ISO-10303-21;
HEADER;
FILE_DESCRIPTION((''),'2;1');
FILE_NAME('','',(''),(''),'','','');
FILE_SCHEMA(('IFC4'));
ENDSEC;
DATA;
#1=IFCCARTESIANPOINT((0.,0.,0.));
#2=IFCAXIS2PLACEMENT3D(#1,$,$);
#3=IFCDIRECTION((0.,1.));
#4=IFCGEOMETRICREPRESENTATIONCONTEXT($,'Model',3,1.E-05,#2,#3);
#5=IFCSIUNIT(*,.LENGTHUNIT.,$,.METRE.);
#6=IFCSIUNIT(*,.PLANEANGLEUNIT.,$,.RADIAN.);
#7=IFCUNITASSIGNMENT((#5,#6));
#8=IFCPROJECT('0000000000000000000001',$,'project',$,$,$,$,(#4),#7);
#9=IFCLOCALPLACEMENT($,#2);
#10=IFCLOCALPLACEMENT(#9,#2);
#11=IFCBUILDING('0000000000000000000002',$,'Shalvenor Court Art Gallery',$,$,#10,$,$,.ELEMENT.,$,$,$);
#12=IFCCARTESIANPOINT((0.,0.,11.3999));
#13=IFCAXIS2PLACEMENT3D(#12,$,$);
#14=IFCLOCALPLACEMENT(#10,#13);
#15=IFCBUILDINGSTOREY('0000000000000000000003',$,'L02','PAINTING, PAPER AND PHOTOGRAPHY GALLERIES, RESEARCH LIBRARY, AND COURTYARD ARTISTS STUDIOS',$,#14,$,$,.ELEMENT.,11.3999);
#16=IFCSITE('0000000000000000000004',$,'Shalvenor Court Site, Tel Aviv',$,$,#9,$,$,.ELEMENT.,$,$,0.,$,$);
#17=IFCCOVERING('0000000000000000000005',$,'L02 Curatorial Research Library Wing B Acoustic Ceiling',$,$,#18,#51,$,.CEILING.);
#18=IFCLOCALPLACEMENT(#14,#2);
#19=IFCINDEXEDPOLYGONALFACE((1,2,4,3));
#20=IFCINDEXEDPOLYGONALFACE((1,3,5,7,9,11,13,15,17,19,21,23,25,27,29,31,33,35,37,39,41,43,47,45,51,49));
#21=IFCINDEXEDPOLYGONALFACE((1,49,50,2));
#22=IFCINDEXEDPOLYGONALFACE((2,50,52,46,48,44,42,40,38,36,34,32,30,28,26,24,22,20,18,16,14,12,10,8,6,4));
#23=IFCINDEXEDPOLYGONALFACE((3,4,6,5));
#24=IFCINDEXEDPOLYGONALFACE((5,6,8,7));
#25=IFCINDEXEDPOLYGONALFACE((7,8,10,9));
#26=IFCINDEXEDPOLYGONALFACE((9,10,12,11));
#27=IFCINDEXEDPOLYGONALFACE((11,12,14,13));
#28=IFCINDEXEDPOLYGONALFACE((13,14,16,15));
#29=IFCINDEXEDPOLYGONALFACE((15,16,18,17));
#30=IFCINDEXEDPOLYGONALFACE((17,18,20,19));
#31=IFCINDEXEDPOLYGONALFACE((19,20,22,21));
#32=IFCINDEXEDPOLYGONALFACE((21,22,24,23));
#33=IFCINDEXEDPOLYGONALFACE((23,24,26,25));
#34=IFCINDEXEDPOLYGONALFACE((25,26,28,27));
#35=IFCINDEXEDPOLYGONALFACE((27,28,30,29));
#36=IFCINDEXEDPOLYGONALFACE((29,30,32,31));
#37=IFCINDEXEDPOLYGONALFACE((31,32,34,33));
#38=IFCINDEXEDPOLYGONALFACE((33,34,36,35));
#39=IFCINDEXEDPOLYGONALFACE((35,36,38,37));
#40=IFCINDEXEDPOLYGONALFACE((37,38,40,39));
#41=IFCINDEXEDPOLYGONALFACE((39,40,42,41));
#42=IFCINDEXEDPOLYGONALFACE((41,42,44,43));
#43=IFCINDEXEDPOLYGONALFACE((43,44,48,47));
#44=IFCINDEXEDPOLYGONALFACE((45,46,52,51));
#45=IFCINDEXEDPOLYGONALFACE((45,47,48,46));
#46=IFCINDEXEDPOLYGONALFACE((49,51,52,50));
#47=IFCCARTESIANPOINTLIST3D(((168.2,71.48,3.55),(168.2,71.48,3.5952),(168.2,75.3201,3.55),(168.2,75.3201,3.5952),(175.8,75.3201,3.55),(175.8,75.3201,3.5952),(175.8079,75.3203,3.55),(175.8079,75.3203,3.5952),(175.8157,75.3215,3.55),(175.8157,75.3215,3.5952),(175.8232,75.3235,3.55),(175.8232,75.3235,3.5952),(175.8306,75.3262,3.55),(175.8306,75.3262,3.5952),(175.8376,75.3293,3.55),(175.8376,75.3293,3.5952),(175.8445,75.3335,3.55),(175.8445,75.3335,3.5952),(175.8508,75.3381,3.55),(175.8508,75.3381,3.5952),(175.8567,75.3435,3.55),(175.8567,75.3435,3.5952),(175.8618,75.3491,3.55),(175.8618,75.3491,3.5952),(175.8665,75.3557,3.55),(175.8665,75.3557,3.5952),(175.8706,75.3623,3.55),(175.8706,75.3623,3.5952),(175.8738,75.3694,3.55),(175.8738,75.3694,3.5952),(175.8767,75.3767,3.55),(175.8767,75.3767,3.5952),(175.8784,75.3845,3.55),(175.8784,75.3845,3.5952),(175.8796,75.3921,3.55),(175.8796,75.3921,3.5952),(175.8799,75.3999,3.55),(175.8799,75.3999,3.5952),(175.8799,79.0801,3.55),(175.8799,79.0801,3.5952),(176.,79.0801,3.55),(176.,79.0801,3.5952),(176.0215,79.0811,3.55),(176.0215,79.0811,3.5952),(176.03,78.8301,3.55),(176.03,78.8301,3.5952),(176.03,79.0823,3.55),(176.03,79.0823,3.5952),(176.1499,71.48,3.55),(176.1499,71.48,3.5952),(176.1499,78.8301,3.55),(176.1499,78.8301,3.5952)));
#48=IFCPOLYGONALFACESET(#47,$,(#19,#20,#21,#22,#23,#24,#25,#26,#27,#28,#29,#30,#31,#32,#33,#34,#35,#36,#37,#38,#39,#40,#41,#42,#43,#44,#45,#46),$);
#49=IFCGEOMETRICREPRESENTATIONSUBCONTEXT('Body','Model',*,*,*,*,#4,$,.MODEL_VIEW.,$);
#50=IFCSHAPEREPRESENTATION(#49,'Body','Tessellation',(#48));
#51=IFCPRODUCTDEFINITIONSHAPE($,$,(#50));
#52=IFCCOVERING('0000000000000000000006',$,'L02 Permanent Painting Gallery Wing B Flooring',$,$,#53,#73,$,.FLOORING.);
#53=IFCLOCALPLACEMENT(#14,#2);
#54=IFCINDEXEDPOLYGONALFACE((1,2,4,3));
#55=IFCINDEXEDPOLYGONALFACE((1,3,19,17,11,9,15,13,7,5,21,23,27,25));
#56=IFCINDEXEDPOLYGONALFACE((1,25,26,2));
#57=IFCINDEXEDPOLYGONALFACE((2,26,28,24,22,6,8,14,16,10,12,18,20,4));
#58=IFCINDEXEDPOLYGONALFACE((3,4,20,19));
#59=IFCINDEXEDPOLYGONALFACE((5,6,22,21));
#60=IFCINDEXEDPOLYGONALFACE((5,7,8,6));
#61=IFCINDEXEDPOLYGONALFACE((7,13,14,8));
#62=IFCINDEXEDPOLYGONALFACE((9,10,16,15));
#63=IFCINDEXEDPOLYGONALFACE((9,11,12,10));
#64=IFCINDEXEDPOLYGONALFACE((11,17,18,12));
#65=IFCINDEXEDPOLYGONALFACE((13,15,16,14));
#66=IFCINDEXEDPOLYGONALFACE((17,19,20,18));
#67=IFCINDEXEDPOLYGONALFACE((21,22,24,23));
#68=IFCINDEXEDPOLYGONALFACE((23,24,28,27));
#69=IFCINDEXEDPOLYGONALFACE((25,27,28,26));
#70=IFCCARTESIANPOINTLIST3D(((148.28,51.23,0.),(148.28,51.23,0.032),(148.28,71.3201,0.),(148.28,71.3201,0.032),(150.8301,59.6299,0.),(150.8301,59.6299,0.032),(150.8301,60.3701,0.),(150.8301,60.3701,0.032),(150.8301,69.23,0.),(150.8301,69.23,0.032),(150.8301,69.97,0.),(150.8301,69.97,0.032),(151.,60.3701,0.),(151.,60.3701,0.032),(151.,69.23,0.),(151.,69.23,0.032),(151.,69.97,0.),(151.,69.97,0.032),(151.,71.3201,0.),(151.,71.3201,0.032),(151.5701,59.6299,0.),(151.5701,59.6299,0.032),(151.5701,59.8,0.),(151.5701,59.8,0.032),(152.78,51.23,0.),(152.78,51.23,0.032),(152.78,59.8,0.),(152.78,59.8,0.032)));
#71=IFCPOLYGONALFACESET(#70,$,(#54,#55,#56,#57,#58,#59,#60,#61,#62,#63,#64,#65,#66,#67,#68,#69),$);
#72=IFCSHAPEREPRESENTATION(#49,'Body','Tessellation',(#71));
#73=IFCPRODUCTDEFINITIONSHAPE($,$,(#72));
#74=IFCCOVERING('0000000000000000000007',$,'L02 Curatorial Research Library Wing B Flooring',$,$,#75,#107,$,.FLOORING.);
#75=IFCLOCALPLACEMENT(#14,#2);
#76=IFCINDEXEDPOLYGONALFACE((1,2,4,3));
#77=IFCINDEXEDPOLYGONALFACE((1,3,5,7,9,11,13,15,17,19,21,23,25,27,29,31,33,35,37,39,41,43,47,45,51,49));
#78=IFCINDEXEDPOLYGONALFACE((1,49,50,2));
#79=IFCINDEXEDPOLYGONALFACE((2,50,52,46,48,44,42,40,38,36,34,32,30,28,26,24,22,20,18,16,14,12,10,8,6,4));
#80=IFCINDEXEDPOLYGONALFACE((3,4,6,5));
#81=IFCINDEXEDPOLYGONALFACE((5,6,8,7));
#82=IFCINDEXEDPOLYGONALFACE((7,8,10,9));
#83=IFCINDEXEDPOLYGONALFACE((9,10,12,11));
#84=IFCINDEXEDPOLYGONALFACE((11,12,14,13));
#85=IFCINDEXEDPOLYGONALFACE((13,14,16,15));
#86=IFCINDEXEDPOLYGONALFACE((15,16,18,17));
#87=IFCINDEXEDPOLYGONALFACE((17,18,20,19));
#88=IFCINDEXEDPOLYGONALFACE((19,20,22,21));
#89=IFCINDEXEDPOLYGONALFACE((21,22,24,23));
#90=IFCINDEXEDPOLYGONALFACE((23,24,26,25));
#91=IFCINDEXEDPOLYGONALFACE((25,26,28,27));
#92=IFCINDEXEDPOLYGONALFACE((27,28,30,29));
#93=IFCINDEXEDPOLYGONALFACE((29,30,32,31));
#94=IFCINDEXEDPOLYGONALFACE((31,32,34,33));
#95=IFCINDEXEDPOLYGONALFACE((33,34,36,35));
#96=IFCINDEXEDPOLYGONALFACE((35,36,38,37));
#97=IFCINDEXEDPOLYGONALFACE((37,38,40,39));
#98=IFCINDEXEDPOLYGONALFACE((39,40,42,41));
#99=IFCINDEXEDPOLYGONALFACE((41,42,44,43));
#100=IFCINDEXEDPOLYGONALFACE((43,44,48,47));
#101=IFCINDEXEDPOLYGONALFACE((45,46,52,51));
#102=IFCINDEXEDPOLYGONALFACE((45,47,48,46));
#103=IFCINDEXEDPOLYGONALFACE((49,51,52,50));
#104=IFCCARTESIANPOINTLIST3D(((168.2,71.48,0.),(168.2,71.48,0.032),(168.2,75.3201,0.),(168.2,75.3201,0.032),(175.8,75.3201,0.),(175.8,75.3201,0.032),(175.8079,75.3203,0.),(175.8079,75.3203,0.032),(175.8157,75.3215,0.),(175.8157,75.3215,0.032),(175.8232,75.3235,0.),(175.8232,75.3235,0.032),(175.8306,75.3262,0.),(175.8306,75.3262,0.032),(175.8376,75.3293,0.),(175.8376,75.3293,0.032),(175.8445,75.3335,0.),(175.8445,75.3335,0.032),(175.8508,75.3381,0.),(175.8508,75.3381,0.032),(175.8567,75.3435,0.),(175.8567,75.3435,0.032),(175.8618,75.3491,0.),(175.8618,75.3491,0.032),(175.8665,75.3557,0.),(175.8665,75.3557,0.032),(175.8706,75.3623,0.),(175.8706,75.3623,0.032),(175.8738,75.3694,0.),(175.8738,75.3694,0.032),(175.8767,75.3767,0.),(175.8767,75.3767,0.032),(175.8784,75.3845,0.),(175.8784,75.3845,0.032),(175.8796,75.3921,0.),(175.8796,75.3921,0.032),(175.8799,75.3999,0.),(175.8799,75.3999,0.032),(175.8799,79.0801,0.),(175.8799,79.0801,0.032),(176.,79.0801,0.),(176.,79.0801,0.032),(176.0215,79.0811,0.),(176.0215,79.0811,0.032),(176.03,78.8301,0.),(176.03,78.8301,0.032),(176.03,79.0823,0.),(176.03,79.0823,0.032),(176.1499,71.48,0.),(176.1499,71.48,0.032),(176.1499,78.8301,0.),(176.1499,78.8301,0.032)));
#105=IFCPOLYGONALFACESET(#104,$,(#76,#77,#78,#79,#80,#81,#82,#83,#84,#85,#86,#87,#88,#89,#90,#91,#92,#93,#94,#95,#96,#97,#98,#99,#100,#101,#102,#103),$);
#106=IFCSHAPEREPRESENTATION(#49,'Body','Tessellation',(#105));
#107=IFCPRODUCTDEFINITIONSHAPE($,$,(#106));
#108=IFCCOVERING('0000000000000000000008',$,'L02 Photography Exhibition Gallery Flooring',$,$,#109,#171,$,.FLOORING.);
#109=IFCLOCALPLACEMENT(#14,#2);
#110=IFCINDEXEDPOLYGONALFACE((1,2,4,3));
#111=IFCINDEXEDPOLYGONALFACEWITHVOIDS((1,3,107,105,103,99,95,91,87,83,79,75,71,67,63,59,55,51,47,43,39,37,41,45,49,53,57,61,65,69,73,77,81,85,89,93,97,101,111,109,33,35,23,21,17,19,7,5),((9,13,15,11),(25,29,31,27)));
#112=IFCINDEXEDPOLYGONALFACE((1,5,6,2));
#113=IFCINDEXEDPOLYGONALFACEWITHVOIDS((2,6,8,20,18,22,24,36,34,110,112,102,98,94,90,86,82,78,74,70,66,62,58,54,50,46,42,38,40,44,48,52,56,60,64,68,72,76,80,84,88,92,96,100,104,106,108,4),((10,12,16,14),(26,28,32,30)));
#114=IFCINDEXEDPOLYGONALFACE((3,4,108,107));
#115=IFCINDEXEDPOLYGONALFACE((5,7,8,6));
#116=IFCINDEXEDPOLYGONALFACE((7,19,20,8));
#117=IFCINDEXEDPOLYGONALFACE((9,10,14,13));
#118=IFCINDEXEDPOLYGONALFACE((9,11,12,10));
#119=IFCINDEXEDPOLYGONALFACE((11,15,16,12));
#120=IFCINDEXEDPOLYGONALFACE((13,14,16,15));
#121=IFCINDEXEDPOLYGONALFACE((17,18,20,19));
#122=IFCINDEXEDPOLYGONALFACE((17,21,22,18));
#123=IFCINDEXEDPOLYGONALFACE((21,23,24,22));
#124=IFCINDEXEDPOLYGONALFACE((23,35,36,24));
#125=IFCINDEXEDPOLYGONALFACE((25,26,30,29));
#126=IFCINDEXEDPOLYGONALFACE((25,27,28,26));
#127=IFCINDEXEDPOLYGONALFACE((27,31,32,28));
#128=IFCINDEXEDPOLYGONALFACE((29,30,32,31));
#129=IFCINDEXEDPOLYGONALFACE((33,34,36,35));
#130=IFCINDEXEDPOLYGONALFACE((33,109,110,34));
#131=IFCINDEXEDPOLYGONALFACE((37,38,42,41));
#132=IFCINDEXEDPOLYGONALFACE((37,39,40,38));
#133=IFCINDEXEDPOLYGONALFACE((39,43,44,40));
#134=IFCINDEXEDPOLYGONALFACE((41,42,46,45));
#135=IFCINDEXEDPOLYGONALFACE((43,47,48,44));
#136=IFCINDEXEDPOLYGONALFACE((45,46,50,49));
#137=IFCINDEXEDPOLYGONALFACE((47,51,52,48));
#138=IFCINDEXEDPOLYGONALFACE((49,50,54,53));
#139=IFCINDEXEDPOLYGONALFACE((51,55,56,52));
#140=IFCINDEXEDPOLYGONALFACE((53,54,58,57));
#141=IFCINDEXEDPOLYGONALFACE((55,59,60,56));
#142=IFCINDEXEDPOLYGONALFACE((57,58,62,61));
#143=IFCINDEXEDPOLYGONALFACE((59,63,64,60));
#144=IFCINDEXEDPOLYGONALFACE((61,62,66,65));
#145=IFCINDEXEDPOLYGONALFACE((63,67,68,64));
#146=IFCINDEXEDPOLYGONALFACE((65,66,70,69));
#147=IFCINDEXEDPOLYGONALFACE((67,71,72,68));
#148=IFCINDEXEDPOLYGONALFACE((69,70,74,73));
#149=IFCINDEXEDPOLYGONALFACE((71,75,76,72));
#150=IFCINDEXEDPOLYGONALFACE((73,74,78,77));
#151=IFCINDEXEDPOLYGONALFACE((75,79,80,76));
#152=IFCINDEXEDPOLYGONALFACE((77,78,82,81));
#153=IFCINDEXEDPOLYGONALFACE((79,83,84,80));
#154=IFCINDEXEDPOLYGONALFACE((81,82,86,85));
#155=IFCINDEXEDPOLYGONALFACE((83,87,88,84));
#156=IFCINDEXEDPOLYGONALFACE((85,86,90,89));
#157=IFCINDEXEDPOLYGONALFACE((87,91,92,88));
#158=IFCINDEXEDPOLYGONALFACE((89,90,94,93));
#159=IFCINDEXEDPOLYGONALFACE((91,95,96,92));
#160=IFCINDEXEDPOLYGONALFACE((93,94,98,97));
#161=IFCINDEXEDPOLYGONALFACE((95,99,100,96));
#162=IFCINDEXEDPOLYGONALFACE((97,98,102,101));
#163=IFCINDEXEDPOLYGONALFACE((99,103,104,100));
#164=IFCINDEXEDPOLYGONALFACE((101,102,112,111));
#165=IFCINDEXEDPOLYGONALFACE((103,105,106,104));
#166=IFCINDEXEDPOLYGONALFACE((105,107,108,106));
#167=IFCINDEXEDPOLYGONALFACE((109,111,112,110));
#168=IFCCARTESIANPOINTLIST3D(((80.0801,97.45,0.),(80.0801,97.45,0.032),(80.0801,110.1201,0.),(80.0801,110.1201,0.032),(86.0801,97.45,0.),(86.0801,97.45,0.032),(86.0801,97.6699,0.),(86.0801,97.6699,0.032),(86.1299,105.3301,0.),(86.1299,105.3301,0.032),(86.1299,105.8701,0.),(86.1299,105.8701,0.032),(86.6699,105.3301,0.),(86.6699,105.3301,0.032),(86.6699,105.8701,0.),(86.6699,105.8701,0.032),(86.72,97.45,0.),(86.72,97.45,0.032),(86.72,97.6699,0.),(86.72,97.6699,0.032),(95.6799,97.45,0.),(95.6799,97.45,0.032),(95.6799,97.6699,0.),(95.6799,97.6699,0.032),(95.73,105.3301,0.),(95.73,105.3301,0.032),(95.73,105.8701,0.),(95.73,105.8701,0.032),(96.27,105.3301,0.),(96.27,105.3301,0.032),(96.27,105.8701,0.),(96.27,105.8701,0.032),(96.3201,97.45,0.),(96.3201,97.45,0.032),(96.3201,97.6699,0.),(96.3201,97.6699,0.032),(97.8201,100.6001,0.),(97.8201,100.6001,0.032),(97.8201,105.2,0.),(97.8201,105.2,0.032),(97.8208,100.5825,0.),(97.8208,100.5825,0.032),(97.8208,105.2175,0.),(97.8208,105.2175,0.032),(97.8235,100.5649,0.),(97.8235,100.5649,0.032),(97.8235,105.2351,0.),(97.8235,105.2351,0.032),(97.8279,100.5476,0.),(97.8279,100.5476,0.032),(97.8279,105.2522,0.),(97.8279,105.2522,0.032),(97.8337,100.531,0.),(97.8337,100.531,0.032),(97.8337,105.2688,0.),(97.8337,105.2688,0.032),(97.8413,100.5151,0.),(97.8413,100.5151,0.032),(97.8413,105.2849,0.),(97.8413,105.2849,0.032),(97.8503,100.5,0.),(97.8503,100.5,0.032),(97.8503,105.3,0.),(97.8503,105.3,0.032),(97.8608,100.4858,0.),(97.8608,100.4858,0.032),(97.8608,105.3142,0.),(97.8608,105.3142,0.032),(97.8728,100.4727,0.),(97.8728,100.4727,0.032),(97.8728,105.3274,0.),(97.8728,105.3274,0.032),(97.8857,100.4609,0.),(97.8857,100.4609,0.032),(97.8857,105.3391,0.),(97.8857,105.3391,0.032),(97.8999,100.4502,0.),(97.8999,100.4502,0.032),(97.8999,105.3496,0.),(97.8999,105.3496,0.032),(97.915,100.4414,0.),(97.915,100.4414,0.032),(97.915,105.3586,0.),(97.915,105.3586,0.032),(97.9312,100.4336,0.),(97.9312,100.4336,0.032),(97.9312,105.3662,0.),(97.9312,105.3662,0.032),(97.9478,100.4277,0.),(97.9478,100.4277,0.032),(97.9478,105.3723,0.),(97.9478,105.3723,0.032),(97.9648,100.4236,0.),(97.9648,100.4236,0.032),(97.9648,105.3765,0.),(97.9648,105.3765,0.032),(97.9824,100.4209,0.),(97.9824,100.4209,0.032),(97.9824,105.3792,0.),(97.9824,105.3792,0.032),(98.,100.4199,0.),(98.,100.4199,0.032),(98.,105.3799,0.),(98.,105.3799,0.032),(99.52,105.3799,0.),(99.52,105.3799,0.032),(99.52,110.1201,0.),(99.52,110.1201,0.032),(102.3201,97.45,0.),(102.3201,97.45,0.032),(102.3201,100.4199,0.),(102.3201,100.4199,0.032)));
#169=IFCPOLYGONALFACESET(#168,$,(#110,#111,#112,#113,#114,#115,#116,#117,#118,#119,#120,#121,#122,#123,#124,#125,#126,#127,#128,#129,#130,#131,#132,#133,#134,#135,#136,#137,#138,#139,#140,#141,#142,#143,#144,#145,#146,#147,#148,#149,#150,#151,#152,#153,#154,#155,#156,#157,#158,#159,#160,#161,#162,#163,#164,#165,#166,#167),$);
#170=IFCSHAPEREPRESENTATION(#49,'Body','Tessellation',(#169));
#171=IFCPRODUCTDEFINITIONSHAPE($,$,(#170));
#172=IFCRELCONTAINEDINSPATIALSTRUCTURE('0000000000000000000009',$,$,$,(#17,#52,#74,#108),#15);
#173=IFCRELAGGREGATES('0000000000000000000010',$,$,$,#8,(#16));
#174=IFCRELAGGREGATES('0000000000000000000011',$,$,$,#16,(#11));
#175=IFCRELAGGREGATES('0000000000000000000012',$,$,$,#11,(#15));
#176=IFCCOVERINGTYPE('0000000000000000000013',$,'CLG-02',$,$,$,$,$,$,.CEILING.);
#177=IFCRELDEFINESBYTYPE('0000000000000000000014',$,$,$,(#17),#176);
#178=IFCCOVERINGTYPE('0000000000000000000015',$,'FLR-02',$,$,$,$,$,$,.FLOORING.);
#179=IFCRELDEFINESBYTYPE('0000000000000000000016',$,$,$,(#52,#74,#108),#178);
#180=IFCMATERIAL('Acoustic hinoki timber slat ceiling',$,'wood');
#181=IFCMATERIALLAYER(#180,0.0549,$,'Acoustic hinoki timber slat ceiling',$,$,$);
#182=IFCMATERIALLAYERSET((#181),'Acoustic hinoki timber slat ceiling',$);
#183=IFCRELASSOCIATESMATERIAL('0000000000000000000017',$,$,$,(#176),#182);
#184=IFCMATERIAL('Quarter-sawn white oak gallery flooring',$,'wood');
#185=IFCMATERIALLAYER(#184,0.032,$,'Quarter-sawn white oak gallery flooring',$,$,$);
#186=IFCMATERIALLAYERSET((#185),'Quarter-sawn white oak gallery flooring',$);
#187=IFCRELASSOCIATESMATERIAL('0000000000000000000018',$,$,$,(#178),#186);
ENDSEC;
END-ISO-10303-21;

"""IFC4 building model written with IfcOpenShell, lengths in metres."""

from ifc_helpers import new_model, si_unit, direction, frame, origin, place, context, subcontext, project, spatial, polyline, outline, extrude, material, layer, layer_set, type_object, element, save


model = new_model("IFC4")

# Units and contexts
model_context = context("Model", 3, precision=1e-05, world=origin(), true_north=direction((0.0, 1.0)))
body_context = subcontext(model_context, "Body", "Model", "MODEL_VIEW")
ifc_project = project(units=[si_unit("LENGTHUNIT", "METRE"), si_unit("PLANEANGLEUNIT", "RADIAN")], contexts=[model_context])

# Site, building, storey
site_placement = place(None, origin())
site = spatial("IfcSite", under=ifc_project, at=site_placement, Name="Shalvenor Court Site, Tel Aviv", CompositionType="ELEMENT", RefElevation=0.0)
building_placement = place(site_placement, origin())
building = spatial("IfcBuilding", under=site, at=building_placement, Name="Shalvenor Court Art Gallery", CompositionType="ELEMENT")
storey_placement = place(building_placement, frame((0.0, 0.0, 11.3999)))
storey = spatial("IfcBuildingStorey", under=building, at=storey_placement, Name="L02", Description="PAINTING, PAPER AND PHOTOGRAPHY GALLERIES, RESEARCH LIBRARY, AND COURTYARD ARTISTS STUDIOS", CompositionType="ELEMENT", Elevation=11.3999)

# Coverings
ifc_material_1 = material(Name="Acoustic hinoki timber slat ceiling", Category="wood")
ifc_layer_1 = layer(ifc_material_1, 0.0549, Name="Acoustic hinoki timber slat ceiling")
ifc_layer_set_1 = layer_set([ifc_layer_1], Name="Acoustic hinoki timber slat ceiling")
covering_type_1 = type_object("IfcCoveringType", Name="CLG-02", PredefinedType="CEILING", material=ifc_layer_set_1)
covering_1_placement = place(storey_placement, frame((0.0, 0.0, 3.55)))
element("IfcCovering", 1, at=covering_1_placement, inside=storey, type_object=covering_type_1, Name="L02 Curatorial Research Library Wing B Acoustic Ceiling", PredefinedType="CEILING", context=body_context, shape_type="SweptSolid", body=[
    extrude(outline(polyline([(175.8, 75.3201), (175.8079, 75.3203), (175.8157, 75.3215), (175.8232, 75.3235), (175.8306, 75.3262), (175.8376, 75.3293), (175.8445, 75.3335), (175.8508, 75.3381), (175.8567, 75.3435), (175.8618, 75.3491), (175.8665, 75.3557), (175.8706, 75.3623), (175.8738, 75.3694), (175.8767, 75.3767), (175.8784, 75.3845), (175.8796, 75.3921), (175.8799, 75.3999), (175.8799, 79.0801), (176.0, 79.0801), (176.0215, 79.0811), (176.03, 79.0823), (176.03, 78.8301), (176.1499, 78.8301), (176.1499, 71.48), (168.2, 71.48), (168.2, 75.3201), (175.8, 75.3201)])), origin(), (0.0, 0.0, 1.0), 0.0452),
])
ifc_material_2 = material(Name="Quarter-sawn white oak gallery flooring", Category="wood")
ifc_layer_2 = layer(ifc_material_2, 0.032, Name="Quarter-sawn white oak gallery flooring")
ifc_layer_set_2 = layer_set([ifc_layer_2], Name="Quarter-sawn white oak gallery flooring")
covering_type_2 = type_object("IfcCoveringType", Name="FLR-02", PredefinedType="FLOORING", material=ifc_layer_set_2)
covering_2_placement = place(storey_placement, origin())
element("IfcCovering", 2, at=covering_2_placement, inside=storey, type_object=covering_type_2, Name="L02 Permanent Painting Gallery Wing B Flooring", PredefinedType="FLOORING", context=body_context, shape_type="SweptSolid", body=[
    extrude(outline(polyline([(152.78, 51.23), (148.28, 51.23), (148.28, 71.3201), (151.0, 71.3201), (151.0, 69.97), (150.8301, 69.97), (150.8301, 69.23), (151.0, 69.23), (151.0, 60.3701), (150.8301, 60.3701), (150.8301, 59.6299), (151.5701, 59.6299), (151.5701, 59.8), (152.78, 59.8), (152.78, 51.23)])), origin(), (0.0, 0.0, 1.0), 0.032),
])
covering_3_placement = place(storey_placement, origin())
element("IfcCovering", 3, at=covering_3_placement, inside=storey, type_object=covering_type_2, Name="L02 Curatorial Research Library Wing B Flooring", PredefinedType="FLOORING", context=body_context, shape_type="SweptSolid", body=[
    extrude(outline(polyline([(175.8, 75.3201), (175.8079, 75.3203), (175.8157, 75.3215), (175.8232, 75.3235), (175.8306, 75.3262), (175.8376, 75.3293), (175.8445, 75.3335), (175.8508, 75.3381), (175.8567, 75.3435), (175.8618, 75.3491), (175.8665, 75.3557), (175.8706, 75.3623), (175.8738, 75.3694), (175.8767, 75.3767), (175.8784, 75.3845), (175.8796, 75.3921), (175.8799, 75.3999), (175.8799, 79.0801), (176.0, 79.0801), (176.0215, 79.0811), (176.03, 79.0823), (176.03, 78.8301), (176.1499, 78.8301), (176.1499, 71.48), (168.2, 71.48), (168.2, 75.3201), (175.8, 75.3201)])), origin(), (0.0, 0.0, 1.0), 0.032),
])
covering_4_placement = place(storey_placement, origin())
element("IfcCovering", 4, at=covering_4_placement, inside=storey, type_object=covering_type_2, Name="L02 Photography Exhibition Gallery Flooring", PredefinedType="FLOORING", context=body_context, shape_type="SweptSolid", body=[
    extrude(outline(polyline([(80.0801, 110.1201), (99.52, 110.1201), (99.52, 105.3799), (98.0, 105.3799), (97.9824, 105.3792), (97.9648, 105.3765), (97.9478, 105.3723), (97.9312, 105.3662), (97.915, 105.3586), (97.8999, 105.3496), (97.8857, 105.3391), (97.8728, 105.3274), (97.8608, 105.3142), (97.8503, 105.3), (97.8413, 105.2849), (97.8337, 105.2688), (97.8279, 105.2522), (97.8235, 105.2351), (97.8208, 105.2175), (97.8201, 105.2), (97.8201, 100.6001), (97.8208, 100.5825), (97.8235, 100.5649), (97.8279, 100.5476), (97.8337, 100.531), (97.8413, 100.5151), (97.8503, 100.5), (97.8608, 100.4858), (97.8728, 100.4727), (97.8857, 100.4609), (97.8999, 100.4502), (97.915, 100.4414), (97.9312, 100.4336), (97.9478, 100.4277), (97.9648, 100.4236), (97.9824, 100.4209), (98.0, 100.4199), (102.3201, 100.4199), (102.3201, 97.45), (96.3201, 97.45), (96.3201, 97.6699), (95.6799, 97.6699), (95.6799, 97.45), (86.72, 97.45), (86.72, 97.6699), (86.0801, 97.6699), (86.0801, 97.45), (80.0801, 97.45), (80.0801, 110.1201)]), holes=[polyline([(95.73, 105.8701), (95.73, 105.3301), (96.27, 105.3301), (96.27, 105.8701), (95.73, 105.8701)]), polyline([(86.1299, 105.8701), (86.1299, 105.3301), (86.6699, 105.3301), (86.6699, 105.8701), (86.1299, 105.8701)])]), origin(), (0.0, 0.0, 1.0), 0.032),
])

save(model, "model.ifc")
